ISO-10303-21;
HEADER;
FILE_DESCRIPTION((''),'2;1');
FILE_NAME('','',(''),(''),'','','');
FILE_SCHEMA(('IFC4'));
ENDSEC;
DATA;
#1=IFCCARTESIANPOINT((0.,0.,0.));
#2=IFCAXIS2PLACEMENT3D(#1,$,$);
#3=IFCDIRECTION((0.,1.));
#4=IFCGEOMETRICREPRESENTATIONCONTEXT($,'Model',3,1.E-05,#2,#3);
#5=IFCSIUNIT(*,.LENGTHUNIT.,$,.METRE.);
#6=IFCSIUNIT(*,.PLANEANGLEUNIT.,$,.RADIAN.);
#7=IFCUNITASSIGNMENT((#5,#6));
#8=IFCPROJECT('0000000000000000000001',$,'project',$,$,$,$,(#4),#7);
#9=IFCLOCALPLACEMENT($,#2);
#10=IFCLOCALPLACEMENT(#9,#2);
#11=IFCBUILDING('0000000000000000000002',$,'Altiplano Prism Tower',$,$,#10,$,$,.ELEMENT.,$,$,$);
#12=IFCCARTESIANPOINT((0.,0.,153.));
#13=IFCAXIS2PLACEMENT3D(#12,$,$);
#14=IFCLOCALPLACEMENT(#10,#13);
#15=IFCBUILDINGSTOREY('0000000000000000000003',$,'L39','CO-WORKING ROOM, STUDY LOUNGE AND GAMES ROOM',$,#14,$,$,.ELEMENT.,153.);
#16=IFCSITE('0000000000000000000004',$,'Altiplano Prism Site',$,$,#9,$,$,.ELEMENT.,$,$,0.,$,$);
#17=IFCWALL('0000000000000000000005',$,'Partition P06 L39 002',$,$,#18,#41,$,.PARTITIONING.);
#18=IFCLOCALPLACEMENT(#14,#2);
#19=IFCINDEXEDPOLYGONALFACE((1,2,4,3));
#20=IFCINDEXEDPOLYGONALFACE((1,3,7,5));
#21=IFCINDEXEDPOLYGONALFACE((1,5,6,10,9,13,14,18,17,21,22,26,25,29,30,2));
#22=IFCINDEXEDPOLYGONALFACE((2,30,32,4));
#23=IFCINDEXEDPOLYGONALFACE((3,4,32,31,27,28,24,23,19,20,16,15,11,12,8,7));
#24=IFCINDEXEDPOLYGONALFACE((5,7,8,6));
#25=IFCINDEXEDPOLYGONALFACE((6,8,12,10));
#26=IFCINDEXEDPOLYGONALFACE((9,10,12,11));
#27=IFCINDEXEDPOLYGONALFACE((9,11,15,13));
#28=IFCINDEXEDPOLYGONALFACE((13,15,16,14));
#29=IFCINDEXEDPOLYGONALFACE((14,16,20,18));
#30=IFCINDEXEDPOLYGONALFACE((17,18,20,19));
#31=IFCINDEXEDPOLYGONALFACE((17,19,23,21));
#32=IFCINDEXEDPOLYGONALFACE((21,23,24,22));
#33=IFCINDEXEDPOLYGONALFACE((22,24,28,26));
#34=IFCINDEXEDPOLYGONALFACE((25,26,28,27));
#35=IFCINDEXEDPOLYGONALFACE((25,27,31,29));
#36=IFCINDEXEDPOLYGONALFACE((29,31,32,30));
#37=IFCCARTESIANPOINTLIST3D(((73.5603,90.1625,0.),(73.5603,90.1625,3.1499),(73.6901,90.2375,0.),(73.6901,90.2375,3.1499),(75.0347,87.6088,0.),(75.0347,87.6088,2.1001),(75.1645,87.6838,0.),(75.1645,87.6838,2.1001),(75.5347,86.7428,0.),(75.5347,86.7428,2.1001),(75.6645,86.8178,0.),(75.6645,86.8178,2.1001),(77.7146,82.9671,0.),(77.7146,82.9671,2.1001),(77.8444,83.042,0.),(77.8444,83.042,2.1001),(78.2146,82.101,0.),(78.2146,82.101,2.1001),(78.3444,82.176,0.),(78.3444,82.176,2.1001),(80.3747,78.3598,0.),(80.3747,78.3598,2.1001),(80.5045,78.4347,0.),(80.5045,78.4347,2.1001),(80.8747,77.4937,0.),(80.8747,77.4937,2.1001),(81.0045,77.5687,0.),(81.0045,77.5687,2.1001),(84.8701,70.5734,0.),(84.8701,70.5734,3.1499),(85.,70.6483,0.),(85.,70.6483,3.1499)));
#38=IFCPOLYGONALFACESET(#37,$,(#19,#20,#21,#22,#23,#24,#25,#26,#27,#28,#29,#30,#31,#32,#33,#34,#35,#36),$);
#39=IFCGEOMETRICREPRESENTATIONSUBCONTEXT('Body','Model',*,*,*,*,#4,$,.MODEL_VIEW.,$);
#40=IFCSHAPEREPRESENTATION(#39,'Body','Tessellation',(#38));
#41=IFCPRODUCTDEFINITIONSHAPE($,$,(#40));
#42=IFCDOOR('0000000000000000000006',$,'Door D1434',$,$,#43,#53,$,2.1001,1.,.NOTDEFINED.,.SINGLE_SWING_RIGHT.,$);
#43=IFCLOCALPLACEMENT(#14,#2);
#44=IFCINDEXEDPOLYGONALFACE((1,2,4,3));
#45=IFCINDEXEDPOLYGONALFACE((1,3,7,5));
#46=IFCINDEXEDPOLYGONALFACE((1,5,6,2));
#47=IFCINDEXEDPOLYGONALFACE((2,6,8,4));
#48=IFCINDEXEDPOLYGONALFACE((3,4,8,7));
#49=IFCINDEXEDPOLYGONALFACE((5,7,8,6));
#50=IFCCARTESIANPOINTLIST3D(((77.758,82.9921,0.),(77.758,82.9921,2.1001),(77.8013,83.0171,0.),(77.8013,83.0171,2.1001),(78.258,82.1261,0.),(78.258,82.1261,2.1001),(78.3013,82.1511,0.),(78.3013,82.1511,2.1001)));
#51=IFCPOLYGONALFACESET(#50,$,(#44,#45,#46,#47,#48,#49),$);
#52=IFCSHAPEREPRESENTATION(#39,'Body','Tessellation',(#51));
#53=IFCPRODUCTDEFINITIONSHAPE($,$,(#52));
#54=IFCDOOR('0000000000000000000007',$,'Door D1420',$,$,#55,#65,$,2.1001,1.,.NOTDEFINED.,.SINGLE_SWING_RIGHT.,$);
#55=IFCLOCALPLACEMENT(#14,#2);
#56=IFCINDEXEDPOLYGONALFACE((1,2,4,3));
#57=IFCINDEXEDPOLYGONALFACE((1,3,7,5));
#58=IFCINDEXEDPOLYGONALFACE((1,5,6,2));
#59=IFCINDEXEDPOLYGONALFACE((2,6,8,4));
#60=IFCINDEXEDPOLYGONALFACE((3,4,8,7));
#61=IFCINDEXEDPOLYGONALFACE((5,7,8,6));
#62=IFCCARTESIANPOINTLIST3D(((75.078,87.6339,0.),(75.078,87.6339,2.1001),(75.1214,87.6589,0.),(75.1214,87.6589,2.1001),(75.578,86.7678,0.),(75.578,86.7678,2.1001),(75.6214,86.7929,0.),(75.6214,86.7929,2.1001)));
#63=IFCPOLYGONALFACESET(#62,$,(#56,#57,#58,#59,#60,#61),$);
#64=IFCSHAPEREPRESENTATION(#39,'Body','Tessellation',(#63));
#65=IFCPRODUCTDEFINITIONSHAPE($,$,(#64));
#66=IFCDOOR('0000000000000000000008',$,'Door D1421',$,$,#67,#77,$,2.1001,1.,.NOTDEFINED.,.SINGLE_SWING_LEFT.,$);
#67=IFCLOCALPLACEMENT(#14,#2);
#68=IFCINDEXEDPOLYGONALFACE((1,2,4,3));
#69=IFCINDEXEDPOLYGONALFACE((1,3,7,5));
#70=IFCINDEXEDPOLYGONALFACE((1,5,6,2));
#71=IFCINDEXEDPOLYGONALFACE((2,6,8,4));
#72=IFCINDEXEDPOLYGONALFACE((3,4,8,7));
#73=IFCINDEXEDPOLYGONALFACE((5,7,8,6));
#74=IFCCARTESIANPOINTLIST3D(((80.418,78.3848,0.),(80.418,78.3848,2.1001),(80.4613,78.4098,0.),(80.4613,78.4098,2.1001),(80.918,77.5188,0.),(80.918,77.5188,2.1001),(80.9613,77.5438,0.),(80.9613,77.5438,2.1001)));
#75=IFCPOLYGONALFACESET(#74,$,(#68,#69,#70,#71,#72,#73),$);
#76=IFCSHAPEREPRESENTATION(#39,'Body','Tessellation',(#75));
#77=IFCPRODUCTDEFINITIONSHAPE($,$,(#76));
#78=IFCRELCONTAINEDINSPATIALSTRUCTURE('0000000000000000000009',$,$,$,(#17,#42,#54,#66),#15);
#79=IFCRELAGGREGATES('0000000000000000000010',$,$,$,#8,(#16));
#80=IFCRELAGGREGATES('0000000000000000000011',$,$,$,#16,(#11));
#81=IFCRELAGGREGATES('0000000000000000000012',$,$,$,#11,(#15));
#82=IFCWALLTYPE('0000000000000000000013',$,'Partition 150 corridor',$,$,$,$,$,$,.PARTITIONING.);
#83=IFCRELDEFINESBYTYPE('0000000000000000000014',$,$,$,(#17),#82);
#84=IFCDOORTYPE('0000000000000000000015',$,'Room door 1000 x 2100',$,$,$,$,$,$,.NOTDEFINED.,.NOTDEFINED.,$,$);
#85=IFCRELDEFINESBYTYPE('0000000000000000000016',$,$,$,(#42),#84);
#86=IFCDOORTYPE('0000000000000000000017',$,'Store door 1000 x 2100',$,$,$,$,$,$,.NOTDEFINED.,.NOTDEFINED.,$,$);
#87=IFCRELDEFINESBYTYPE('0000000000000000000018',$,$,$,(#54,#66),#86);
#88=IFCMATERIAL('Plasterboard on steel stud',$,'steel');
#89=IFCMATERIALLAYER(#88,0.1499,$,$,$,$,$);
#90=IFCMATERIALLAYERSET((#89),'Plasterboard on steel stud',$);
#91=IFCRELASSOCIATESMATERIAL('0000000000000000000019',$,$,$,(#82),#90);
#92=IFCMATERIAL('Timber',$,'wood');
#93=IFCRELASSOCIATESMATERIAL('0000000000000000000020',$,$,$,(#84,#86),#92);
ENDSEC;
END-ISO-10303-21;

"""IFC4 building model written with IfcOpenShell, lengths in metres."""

from ifc_helpers import new_model, si_unit, direction, frame, frame_2d, origin, place, context, subcontext, project, spatial, rectangle, extrude, material, layer, layer_set, type_object, element, fill, save


model = new_model("IFC4")

# Units and contexts
model_context = context("Model", 3, precision=1e-05, world=origin(), true_north=direction((0.0, 1.0)))
body_context = subcontext(model_context, "Body", "Model", "MODEL_VIEW")
ifc_project = project(units=[si_unit("LENGTHUNIT", "METRE"), si_unit("PLANEANGLEUNIT", "RADIAN")], contexts=[model_context])

# Site, building, storey
site_placement = place(None, origin())
site = spatial("IfcSite", under=ifc_project, at=site_placement, Name="Altiplano Prism Site", CompositionType="ELEMENT", RefElevation=0.0)
building_placement = place(site_placement, origin())
building = spatial("IfcBuilding", under=site, at=building_placement, Name="Altiplano Prism Tower", CompositionType="ELEMENT")
storey_placement = place(building_placement, frame((0.0, 0.0, 153.0)))
storey = spatial("IfcBuildingStorey", under=building, at=storey_placement, Name="L39", Description="CO-WORKING ROOM, STUDY LOUNGE AND GAMES ROOM", CompositionType="ELEMENT", Elevation=153.0)

# Shared definitions
ifc_material_1 = material(Name="Plasterboard on steel stud", Category="steel")

# Wall, openings, doors
ifc_layer_1 = layer(ifc_material_1, 0.1499)
ifc_layer_set_1 = layer_set([ifc_layer_1], Name="Plasterboard on steel stud")
wall_type_1 = type_object("IfcWallType", Name="Partition 150 corridor", PredefinedType="PARTITIONING", material=ifc_layer_set_1)
wall_1_placement = place(storey_placement, frame((84.9351, 70.6108, 0.0), z_axis=(0.0, 0.0, 1.0), x_axis=(-0.500001, 0.866025, 0.0)))
wall_1 = element("IfcWall", 1, at=wall_1_placement, inside=storey, type_object=wall_type_1, Name="Partition P06 L39 002", PredefinedType="PARTITIONING", context=body_context, shape_type="SweptSolid", body=[
    extrude(rectangle(XDim=22.6196, YDim=0.1499, at=frame_2d((11.3098, 0.0))), origin(), (0.0, 0.0, 1.0), 3.1499),
])
opening_1_placement = place(wall_1_placement, frame((18.6709, 0.0, 0.0)))
opening_1 = element("IfcOpeningElement", 2, at=opening_1_placement, cuts=wall_1, PredefinedType="OPENING", context=body_context, shape_type="SweptSolid", body=[
    extrude(rectangle(XDim=1.0, YDim=2.1001, at=frame_2d((0.5, 1.05))), frame((0.0, 0.0854, 0.0), z_axis=(0.0, -1.0, 0.0), x_axis=(1.0, 0.0, 0.0)), (0.0, 0.0, 1.0), 0.1709),
])
opening_2_placement = place(wall_1_placement, frame((7.991, 0.0, 0.0)))
opening_2 = element("IfcOpeningElement", 3, at=opening_2_placement, cuts=wall_1, PredefinedType="OPENING", context=body_context, shape_type="SweptSolid", body=[
    extrude(rectangle(XDim=1.0, YDim=2.1001, at=frame_2d((0.5, 1.05))), frame((0.0, 0.0854, 0.0), z_axis=(0.0, -1.0, 0.0), x_axis=(1.0, 0.0, 0.0)), (0.0, 0.0, 1.0), 0.1709),
])
opening_3_placement = place(wall_1_placement, frame((13.311, 0.0, 0.0)))
opening_3 = element("IfcOpeningElement", 4, at=opening_3_placement, cuts=wall_1, PredefinedType="OPENING", context=body_context, shape_type="SweptSolid", body=[
    extrude(rectangle(XDim=1.0, YDim=2.1001, at=frame_2d((0.5, 1.05))), frame((0.0, 0.0854, 0.0), z_axis=(0.0, -1.0, 0.0), x_axis=(1.0, 0.0, 0.0)), (0.0, 0.0, 1.0), 0.1709),
])
ifc_material_2 = material(Name="Timber", Category="wood")
door_type_1 = type_object("IfcDoorType", Name="Room door 1000 x 2100", OperationType="NOTDEFINED", PredefinedType="NOTDEFINED", material=ifc_material_2)
door_1_placement = place(opening_3_placement, origin())
door_1 = element("IfcDoor", 5, at=door_1_placement, inside=storey, type_object=door_type_1, Name="Door D1434", OperationType="SINGLE_SWING_RIGHT", OverallHeight=2.1001, OverallWidth=1.0, PredefinedType="NOTDEFINED", context=body_context, shape_type="SweptSolid", body=[
    extrude(rectangle(XDim=1.0, YDim=2.1001, at=frame_2d((0.5, 1.05))), frame((0.0, 0.0249, 0.0), z_axis=(0.0, -1.0, 0.0), x_axis=(1.0, 0.0, 0.0)), (0.0, 0.0, 1.0), 0.05),
])
fill(opening_3, door_1)
door_type_2 = type_object("IfcDoorType", Name="Store door 1000 x 2100", OperationType="NOTDEFINED", PredefinedType="NOTDEFINED", material=ifc_material_2)
door_2_placement = place(opening_1_placement, origin())
door_2 = element("IfcDoor", 6, at=door_2_placement, inside=storey, type_object=door_type_2, Name="Door D1420", OperationType="SINGLE_SWING_RIGHT", OverallHeight=2.1001, OverallWidth=1.0, PredefinedType="NOTDEFINED", context=body_context, shape_type="SweptSolid", body=[
    extrude(rectangle(XDim=1.0, YDim=2.1001, at=frame_2d((0.5, 1.05))), frame((0.0, 0.0249, 0.0), z_axis=(0.0, -1.0, 0.0), x_axis=(1.0, 0.0, 0.0)), (0.0, 0.0, 1.0), 0.05),
])
fill(opening_1, door_2)
door_3_placement = place(opening_2_placement, origin())
door_3 = element("IfcDoor", 7, at=door_3_placement, inside=storey, type_object=door_type_2, Name="Door D1421", OperationType="SINGLE_SWING_LEFT", OverallHeight=2.1001, OverallWidth=1.0, PredefinedType="NOTDEFINED", context=body_context, shape_type="SweptSolid", body=[
    extrude(rectangle(XDim=1.0, YDim=2.1001, at=frame_2d((0.5, 1.05))), frame((0.0, 0.0249, 0.0), z_axis=(0.0, -1.0, 0.0), x_axis=(1.0, 0.0, 0.0)), (0.0, 0.0, 1.0), 0.05),
])
fill(opening_2, door_3)

save(model, "model.ifc")
